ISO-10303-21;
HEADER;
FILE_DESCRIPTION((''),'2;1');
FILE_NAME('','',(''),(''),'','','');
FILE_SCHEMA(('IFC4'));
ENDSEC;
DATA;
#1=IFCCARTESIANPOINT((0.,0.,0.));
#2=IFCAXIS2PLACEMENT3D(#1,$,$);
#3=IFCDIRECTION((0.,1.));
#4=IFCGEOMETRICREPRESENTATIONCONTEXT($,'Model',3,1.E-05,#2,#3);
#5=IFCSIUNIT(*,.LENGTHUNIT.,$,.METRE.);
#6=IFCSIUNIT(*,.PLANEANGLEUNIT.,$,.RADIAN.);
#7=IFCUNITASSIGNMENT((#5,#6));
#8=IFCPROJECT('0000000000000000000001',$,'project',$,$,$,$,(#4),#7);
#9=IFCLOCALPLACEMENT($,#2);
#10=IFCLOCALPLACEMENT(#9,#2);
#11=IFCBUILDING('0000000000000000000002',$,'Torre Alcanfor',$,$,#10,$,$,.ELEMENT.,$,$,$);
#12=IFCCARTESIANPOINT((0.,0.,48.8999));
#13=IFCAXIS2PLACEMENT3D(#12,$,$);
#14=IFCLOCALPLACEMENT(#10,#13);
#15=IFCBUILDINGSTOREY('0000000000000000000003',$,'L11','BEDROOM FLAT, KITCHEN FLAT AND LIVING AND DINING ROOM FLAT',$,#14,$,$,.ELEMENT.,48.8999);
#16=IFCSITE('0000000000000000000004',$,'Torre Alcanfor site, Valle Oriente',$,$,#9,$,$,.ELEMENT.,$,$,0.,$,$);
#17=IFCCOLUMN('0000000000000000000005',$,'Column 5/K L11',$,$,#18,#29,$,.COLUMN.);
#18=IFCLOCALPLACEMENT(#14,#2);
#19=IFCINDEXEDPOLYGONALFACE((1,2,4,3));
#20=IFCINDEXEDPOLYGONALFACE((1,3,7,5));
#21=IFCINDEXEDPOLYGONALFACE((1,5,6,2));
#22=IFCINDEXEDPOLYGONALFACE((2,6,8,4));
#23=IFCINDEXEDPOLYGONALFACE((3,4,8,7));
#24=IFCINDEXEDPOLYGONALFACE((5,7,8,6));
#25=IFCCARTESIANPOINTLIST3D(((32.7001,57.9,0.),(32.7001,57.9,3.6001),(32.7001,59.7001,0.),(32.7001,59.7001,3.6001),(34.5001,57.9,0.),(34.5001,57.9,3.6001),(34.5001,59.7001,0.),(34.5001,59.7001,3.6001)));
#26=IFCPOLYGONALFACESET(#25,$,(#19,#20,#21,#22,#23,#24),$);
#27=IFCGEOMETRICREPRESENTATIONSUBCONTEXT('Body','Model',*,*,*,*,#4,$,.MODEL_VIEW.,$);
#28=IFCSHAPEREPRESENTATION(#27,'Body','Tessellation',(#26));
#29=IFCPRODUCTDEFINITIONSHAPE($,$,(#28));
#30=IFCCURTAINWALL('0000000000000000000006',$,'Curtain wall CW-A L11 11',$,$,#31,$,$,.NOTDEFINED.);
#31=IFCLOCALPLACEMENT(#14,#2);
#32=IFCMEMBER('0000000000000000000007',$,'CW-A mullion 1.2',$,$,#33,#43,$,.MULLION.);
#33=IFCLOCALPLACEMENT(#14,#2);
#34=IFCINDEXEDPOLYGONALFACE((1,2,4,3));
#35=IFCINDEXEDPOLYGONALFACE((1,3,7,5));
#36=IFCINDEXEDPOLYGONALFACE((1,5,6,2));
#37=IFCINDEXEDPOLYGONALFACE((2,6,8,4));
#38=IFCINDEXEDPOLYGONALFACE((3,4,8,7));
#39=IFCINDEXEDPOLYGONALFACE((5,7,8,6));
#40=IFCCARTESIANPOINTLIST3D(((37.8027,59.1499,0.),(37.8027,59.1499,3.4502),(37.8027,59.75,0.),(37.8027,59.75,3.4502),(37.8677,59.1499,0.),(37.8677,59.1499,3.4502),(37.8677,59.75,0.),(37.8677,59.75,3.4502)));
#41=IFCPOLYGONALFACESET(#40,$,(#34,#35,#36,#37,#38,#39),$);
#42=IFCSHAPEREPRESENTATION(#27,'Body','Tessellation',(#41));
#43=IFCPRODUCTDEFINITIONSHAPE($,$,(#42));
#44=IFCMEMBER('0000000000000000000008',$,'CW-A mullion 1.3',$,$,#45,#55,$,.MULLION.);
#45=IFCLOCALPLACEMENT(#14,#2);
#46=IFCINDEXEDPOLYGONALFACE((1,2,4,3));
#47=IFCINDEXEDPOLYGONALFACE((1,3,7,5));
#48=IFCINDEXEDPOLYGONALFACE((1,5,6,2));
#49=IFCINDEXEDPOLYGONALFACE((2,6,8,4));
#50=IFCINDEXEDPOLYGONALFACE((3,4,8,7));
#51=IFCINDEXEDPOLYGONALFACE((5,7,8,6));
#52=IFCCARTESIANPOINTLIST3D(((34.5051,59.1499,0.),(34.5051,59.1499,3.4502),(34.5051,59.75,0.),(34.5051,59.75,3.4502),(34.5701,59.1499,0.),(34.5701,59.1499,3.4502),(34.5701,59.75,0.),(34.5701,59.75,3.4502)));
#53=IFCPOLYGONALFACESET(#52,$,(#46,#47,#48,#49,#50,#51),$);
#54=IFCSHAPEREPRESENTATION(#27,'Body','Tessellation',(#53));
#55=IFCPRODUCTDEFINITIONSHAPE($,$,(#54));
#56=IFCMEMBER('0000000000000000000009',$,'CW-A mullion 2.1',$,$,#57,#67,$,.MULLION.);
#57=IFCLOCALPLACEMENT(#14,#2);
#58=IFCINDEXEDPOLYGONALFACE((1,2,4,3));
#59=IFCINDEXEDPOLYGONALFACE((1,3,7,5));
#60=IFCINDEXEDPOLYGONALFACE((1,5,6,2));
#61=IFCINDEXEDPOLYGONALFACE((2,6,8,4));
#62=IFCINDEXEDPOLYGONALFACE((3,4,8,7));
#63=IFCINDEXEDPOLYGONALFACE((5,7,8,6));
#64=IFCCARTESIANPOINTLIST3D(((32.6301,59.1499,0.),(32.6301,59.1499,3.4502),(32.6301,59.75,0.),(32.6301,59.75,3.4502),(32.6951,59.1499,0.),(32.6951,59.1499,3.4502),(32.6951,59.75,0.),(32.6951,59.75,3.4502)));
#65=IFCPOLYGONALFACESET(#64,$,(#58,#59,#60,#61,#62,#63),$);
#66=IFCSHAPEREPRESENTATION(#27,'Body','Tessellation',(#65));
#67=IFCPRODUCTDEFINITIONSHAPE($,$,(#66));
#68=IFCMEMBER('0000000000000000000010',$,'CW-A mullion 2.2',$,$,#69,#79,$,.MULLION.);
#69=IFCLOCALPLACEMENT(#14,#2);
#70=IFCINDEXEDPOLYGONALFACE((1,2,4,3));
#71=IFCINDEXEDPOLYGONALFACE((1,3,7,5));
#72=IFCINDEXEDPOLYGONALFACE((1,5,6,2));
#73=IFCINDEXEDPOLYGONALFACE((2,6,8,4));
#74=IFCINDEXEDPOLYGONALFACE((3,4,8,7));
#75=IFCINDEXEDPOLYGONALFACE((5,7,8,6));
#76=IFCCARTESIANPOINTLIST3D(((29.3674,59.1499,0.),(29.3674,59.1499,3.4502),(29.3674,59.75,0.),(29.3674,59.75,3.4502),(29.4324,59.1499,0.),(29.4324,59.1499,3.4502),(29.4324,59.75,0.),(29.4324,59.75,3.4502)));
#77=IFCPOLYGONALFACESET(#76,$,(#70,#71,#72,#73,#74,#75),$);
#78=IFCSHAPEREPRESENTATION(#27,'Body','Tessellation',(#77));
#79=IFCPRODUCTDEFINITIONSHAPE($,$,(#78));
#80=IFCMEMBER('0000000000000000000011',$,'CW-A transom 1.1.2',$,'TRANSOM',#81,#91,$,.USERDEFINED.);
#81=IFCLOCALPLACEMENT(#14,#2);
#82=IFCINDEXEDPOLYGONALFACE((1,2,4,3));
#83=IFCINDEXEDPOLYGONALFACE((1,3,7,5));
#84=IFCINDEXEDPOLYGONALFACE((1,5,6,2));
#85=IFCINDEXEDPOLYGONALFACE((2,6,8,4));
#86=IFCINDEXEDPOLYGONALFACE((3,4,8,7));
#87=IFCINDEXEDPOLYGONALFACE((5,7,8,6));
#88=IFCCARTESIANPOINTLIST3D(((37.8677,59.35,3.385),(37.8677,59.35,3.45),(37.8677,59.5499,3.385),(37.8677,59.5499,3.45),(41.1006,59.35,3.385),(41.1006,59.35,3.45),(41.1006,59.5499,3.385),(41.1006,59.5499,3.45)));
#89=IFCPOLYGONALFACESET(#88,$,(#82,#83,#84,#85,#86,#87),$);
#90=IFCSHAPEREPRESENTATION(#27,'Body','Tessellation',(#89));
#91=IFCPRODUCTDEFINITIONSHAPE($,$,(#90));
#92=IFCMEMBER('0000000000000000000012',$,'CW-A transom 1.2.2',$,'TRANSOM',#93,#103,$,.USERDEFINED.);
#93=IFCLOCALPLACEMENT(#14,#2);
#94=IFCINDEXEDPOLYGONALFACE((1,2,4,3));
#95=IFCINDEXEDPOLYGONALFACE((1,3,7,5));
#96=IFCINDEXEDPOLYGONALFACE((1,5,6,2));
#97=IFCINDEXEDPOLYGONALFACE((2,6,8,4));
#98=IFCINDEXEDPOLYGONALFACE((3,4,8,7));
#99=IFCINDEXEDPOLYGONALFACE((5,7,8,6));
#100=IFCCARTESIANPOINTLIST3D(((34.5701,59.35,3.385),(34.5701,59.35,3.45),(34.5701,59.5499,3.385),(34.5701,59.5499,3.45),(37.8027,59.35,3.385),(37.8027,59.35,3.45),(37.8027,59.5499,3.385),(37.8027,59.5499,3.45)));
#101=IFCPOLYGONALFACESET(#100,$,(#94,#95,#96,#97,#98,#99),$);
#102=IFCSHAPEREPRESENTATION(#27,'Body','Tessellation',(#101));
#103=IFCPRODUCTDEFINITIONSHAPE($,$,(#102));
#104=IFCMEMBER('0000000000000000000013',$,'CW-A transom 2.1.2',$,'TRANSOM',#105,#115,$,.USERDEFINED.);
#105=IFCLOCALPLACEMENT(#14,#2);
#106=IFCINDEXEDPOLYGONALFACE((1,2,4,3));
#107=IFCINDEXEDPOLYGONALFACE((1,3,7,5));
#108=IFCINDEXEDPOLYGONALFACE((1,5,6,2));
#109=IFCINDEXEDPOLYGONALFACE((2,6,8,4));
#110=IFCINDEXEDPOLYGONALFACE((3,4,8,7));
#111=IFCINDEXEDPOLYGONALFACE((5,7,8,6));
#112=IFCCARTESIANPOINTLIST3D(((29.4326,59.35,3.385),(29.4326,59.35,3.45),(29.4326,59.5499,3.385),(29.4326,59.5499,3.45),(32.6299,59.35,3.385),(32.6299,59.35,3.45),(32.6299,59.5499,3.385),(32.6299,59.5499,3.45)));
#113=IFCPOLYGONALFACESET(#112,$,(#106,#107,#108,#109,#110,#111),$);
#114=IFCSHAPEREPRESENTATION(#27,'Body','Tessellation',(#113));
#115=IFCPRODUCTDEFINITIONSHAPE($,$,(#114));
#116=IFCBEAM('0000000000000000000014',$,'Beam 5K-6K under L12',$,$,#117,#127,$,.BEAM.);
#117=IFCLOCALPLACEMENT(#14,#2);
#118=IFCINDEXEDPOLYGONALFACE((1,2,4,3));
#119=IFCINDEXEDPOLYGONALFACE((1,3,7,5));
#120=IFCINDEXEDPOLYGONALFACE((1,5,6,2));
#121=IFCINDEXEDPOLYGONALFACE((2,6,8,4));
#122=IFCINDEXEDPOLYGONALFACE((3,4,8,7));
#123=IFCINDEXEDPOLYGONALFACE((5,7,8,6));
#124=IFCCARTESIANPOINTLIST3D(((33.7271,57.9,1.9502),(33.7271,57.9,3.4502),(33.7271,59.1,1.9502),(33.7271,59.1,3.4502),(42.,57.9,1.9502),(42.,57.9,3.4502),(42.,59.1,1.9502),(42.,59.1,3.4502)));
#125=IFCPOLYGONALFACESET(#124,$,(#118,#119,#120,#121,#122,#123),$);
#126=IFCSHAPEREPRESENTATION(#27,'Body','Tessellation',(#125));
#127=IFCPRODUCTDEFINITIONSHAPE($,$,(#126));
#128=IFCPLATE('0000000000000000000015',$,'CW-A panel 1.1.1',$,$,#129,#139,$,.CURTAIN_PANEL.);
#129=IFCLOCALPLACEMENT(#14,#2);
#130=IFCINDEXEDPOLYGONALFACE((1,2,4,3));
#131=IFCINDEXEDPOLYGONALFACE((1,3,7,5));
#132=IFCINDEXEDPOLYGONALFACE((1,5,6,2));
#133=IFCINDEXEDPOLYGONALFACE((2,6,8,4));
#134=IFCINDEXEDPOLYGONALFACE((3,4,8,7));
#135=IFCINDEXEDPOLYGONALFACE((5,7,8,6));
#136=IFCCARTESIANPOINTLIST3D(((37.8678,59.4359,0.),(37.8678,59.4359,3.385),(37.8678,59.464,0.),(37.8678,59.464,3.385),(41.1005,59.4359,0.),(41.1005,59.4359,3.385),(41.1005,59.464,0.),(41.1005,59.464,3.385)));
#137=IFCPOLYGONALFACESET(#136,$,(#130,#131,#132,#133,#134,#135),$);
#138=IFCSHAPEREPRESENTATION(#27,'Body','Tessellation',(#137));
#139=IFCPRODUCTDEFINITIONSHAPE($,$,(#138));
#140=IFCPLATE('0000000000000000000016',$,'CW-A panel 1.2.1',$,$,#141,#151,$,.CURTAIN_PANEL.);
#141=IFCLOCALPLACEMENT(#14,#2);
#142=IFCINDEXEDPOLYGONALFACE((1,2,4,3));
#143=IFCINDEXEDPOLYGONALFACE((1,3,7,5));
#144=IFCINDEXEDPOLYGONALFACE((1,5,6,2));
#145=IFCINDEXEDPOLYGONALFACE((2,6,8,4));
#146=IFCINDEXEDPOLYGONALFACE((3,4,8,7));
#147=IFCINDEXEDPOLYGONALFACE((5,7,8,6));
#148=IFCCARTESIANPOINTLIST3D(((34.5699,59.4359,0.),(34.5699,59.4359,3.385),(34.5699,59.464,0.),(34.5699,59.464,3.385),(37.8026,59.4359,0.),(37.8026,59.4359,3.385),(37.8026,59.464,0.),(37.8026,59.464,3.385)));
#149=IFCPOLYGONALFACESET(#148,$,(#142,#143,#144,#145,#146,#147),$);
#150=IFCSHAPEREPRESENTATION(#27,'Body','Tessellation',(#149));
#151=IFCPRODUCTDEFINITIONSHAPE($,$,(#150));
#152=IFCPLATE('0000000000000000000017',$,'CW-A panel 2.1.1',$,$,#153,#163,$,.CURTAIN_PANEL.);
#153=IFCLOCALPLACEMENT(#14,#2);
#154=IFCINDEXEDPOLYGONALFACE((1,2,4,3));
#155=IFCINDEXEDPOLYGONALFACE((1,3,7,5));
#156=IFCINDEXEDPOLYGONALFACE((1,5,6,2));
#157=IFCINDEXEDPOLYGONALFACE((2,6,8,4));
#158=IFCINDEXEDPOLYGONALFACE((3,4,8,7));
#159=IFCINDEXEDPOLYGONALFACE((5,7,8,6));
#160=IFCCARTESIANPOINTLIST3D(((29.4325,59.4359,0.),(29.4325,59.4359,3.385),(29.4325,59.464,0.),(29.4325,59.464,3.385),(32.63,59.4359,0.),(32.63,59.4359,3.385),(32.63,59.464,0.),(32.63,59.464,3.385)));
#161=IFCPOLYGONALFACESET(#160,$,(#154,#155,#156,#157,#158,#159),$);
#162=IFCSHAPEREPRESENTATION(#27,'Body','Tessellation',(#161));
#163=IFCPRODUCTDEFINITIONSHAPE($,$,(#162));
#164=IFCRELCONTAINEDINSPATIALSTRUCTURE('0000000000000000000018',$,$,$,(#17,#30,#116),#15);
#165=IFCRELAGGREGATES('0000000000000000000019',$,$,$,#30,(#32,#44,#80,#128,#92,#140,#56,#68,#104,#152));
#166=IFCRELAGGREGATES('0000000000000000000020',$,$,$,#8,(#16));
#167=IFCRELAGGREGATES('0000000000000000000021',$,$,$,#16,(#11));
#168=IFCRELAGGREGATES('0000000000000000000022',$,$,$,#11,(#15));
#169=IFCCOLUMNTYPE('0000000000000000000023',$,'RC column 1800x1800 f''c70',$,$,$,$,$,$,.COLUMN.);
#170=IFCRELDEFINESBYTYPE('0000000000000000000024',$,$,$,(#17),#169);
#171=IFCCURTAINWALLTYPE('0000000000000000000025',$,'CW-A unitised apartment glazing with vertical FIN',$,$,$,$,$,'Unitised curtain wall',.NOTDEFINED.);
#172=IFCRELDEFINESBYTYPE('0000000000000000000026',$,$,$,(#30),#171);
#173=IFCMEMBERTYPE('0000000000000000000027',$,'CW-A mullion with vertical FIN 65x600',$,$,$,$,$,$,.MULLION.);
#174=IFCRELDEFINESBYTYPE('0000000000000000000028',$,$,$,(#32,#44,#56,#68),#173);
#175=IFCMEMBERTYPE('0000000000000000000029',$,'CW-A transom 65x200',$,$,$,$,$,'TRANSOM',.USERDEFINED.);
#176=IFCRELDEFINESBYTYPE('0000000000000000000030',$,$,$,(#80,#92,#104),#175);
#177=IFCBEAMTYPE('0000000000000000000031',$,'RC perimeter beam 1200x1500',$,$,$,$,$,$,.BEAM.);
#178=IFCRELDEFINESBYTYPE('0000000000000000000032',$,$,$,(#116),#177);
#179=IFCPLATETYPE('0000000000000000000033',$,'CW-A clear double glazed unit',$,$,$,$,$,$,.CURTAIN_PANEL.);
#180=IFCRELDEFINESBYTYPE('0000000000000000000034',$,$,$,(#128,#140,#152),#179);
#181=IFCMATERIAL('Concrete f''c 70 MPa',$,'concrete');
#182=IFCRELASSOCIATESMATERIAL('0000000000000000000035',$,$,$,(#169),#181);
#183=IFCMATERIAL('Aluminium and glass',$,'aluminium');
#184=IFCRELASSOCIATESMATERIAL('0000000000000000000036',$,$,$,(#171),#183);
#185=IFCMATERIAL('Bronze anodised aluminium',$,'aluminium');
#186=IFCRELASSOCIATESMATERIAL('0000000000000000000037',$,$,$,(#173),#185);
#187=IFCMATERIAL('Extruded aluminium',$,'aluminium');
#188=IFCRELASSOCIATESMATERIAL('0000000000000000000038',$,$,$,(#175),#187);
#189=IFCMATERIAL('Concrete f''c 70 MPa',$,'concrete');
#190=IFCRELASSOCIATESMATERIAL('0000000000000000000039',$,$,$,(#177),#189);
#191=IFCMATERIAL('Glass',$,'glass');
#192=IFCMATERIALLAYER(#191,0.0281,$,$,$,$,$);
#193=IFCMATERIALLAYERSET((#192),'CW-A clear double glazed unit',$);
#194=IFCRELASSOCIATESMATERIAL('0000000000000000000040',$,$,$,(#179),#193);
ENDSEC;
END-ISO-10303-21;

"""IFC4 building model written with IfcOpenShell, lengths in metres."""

from ifc_helpers import new_model, si_unit, direction, frame, origin, origin_2d, place, context, subcontext, project, spatial, rectangle, extrude, material, layer, layer_set, material_profile, profile_set, type_object, element, aggregate, save


model = new_model("IFC4")

# Units and contexts
model_context = context("Model", 3, precision=1e-05, world=origin(), true_north=direction((0.0, 1.0)))
body_context = subcontext(model_context, "Body", "Model", "MODEL_VIEW")
ifc_project = project(units=[si_unit("LENGTHUNIT", "METRE"), si_unit("PLANEANGLEUNIT", "RADIAN")], contexts=[model_context])

# Site, building, storey
site_placement = place(None, origin())
site = spatial("IfcSite", under=ifc_project, at=site_placement, Name="Torre Alcanfor site, Valle Oriente", CompositionType="ELEMENT", RefElevation=0.0)
building_placement = place(site_placement, origin())
building = spatial("IfcBuilding", under=site, at=building_placement, Name="Torre Alcanfor", CompositionType="ELEMENT")
storey_placement = place(building_placement, frame((0.0, 0.0, 48.8999)))
storey = spatial("IfcBuildingStorey", under=building, at=storey_placement, Name="L11", Description="BEDROOM FLAT, KITCHEN FLAT AND LIVING AND DINING ROOM FLAT", CompositionType="ELEMENT", Elevation=48.8999)

# Column
ifc_material_1 = material(Name="Concrete f'c 70 MPa", Category="concrete")
ifc_material_profile_1 = material_profile(ifc_material_1, rectangle(XDim=1.8, YDim=1.8, at=origin_2d()), Name="1800x1800")
ifc_profile_set_1 = profile_set([ifc_material_profile_1], Name="Concrete f'c 70 MPa")
column_type = type_object("IfcColumnType", Name="RC column 1800x1800 f'c70", PredefinedType="COLUMN", material=ifc_profile_set_1)
column_placement = place(storey_placement, frame((33.6001, 58.8, 0.0), z_axis=(0.0, 0.0, 1.0), x_axis=(1.0, 0.0, 0.0)))
element("IfcColumn", 1, at=column_placement, inside=storey, type_object=column_type, Name="Column 5/K L11", PredefinedType="COLUMN", context=body_context, shape_type="SweptSolid", body=[
    extrude(rectangle(XDim=1.8, YDim=1.8, at=origin_2d()), origin(), (0.0, 0.0, 1.0), 3.6001),
])

# Curtain wall, members
ifc_material_2 = material(Name="Aluminium and glass", Category="aluminium")
curtain_wall_type = type_object("IfcCurtainWallType", Name="CW-A unitised apartment glazing with vertical FIN", ElementType="Unitised curtain wall", PredefinedType="NOTDEFINED", material=ifc_material_2)
curtain_wall_placement = place(storey_placement, origin())
curtain_wall = element("IfcCurtainWall", 2, at=curtain_wall_placement, inside=storey, type_object=curtain_wall_type, Name="Curtain wall CW-A L11 11", PredefinedType="NOTDEFINED")
ifc_material_3 = material(Name="Bronze anodised aluminium", Category="aluminium")
ifc_material_profile_2 = material_profile(ifc_material_3, rectangle(XDim=0.6001, YDim=0.0649, at=origin_2d()), Name="CW-A mullion 65x600")
ifc_profile_set_2 = profile_set([ifc_material_profile_2], Name="Bronze anodised aluminium")
member_type_1 = type_object("IfcMemberType", Name="CW-A mullion with vertical FIN 65x600", PredefinedType="MULLION", material=ifc_profile_set_2)
member_1_placement = place(storey_placement, frame((37.8352, 59.45, 0.0), z_axis=(0.0, 0.0, 1.0), x_axis=(0.0, -1.0, 0.0)))
member_1 = element("IfcMember", 3, at=member_1_placement, type_object=member_type_1, Name="CW-A mullion 1.2", PredefinedType="MULLION", context=body_context, shape_type="SweptSolid", body=[
    extrude(rectangle(XDim=0.6001, YDim=0.0649, at=origin_2d()), origin(), (0.0, 0.0, 1.0), 3.4502),
])
member_2_placement = place(storey_placement, frame((34.5376, 59.45, 0.0), z_axis=(0.0, 0.0, 1.0), x_axis=(0.0, -1.0, 0.0)))
member_2 = element("IfcMember", 4, at=member_2_placement, type_object=member_type_1, Name="CW-A mullion 1.3", PredefinedType="MULLION", context=body_context, shape_type="SweptSolid", body=[
    extrude(rectangle(XDim=0.6001, YDim=0.0649, at=origin_2d()), origin(), (0.0, 0.0, 1.0), 3.4502),
])
member_3_placement = place(storey_placement, frame((32.6626, 59.45, 0.0), z_axis=(0.0, 0.0, 1.0), x_axis=(0.0, -1.0, 0.0)))
member_3 = element("IfcMember", 5, at=member_3_placement, type_object=member_type_1, Name="CW-A mullion 2.1", PredefinedType="MULLION", context=body_context, shape_type="SweptSolid", body=[
    extrude(rectangle(XDim=0.6001, YDim=0.0649, at=origin_2d()), origin(), (0.0, 0.0, 1.0), 3.4502),
])
member_4_placement = place(storey_placement, frame((29.3999, 59.45, 0.0), z_axis=(0.0, 0.0, 1.0), x_axis=(0.0, -1.0, 0.0)))
member_4 = element("IfcMember", 6, at=member_4_placement, type_object=member_type_1, Name="CW-A mullion 2.2", PredefinedType="MULLION", context=body_context, shape_type="SweptSolid", body=[
    extrude(rectangle(XDim=0.6001, YDim=0.0649, at=origin_2d()), origin(), (0.0, 0.0, 1.0), 3.4502),
])
ifc_material_4 = material(Name="Extruded aluminium", Category="aluminium")
ifc_material_profile_3 = material_profile(ifc_material_4, rectangle(XDim=0.2, YDim=0.0649, at=origin_2d()), Name="CW-A transom 200x65")
ifc_profile_set_3 = profile_set([ifc_material_profile_3], Name="Extruded aluminium")
member_type_2 = type_object("IfcMemberType", Name="CW-A transom 65x200", ElementType="TRANSOM", PredefinedType="USERDEFINED", material=ifc_profile_set_3)
member_5_placement = place(storey_placement, frame((41.1006, 59.45, 3.4175), z_axis=(-1.0, 0.0, 0.0), x_axis=(0.0, -1.0, 0.0)))
member_5 = element("IfcMember", 7, at=member_5_placement, type_object=member_type_2, Name="CW-A transom 1.1.2", ObjectType="TRANSOM", PredefinedType="USERDEFINED", context=body_context, shape_type="SweptSolid", body=[
    extrude(rectangle(XDim=0.2, YDim=0.0649, at=origin_2d()), origin(), (0.0, 0.0, 1.0), 3.2329),
])
member_6_placement = place(storey_placement, frame((37.8027, 59.45, 3.4175), z_axis=(-1.0, 0.0, 0.0), x_axis=(0.0, -1.0, 0.0)))
member_6 = element("IfcMember", 8, at=member_6_placement, type_object=member_type_2, Name="CW-A transom 1.2.2", ObjectType="TRANSOM", PredefinedType="USERDEFINED", context=body_context, shape_type="SweptSolid", body=[
    extrude(rectangle(XDim=0.2, YDim=0.0649, at=origin_2d()), origin(), (0.0, 0.0, 1.0), 3.2327),
])
member_7_placement = place(storey_placement, frame((32.6299, 59.45, 3.4175), z_axis=(-1.0, 0.0, 0.0), x_axis=(0.0, -1.0, 0.0)))
member_7 = element("IfcMember", 9, at=member_7_placement, type_object=member_type_2, Name="CW-A transom 2.1.2", ObjectType="TRANSOM", PredefinedType="USERDEFINED", context=body_context, shape_type="SweptSolid", body=[
    extrude(rectangle(XDim=0.2, YDim=0.0649, at=origin_2d()), origin(), (0.0, 0.0, 1.0), 3.1973),
])

# Beam
ifc_material_5 = material(Name="Concrete f'c 70 MPa", Category="concrete")
ifc_material_profile_4 = material_profile(ifc_material_5, rectangle(XDim=1.2, YDim=1.5, at=origin_2d()), Name="1200x1500")
ifc_profile_set_4 = profile_set([ifc_material_profile_4], Name="Concrete f'c 70 MPa")
beam_type = type_object("IfcBeamType", Name="RC perimeter beam 1200x1500", PredefinedType="BEAM", material=ifc_profile_set_4)
beam_placement = place(storey_placement, frame((33.7271, 58.5, 2.7002), z_axis=(1.0, 0.0, 0.0), x_axis=(0.0, 1.0, 0.0)))
element("IfcBeam", 10, at=beam_placement, inside=storey, type_object=beam_type, Name="Beam 5K-6K under L12", PredefinedType="BEAM", context=body_context, shape_type="SweptSolid", body=[
    extrude(rectangle(XDim=1.2, YDim=1.5, at=origin_2d()), origin(), (0.0, 0.0, 1.0), 8.2729),
])

# Plates
ifc_material_6 = material(Name="Glass", Category="glass")
ifc_layer_1 = layer(ifc_material_6, 0.0281)
ifc_layer_set_1 = layer_set([ifc_layer_1], Name="CW-A clear double glazed unit")
plate_type = type_object("IfcPlateType", Name="CW-A clear double glazed unit", PredefinedType="CURTAIN_PANEL", material=ifc_layer_set_1)
plate_1_placement = place(storey_placement, frame((39.4841, 59.45, 0.0), z_axis=(0.0, 0.0, 1.0), x_axis=(-1.0, 0.0, 0.0)))
plate_1 = element("IfcPlate", 11, at=plate_1_placement, type_object=plate_type, Name="CW-A panel 1.1.1", PredefinedType="CURTAIN_PANEL", context=body_context, shape_type="SweptSolid", body=[
    extrude(rectangle(XDim=3.2327, YDim=0.0281, at=origin_2d()), origin(), (0.0, 0.0, 1.0), 3.385),
])
plate_2_placement = place(storey_placement, frame((36.1863, 59.45, 0.0), z_axis=(0.0, 0.0, 1.0), x_axis=(-1.0, 0.0, 0.0)))
plate_2 = element("IfcPlate", 12, at=plate_2_placement, type_object=plate_type, Name="CW-A panel 1.2.1", PredefinedType="CURTAIN_PANEL", context=body_context, shape_type="SweptSolid", body=[
    extrude(rectangle(XDim=3.2327, YDim=0.0281, at=origin_2d()), origin(), (0.0, 0.0, 1.0), 3.385),
])
plate_3_placement = place(storey_placement, frame((31.0312, 59.45, 0.0), z_axis=(0.0, 0.0, 1.0), x_axis=(-1.0, 0.0, 0.0)))
plate_3 = element("IfcPlate", 13, at=plate_3_placement, type_object=plate_type, Name="CW-A panel 2.1.1", PredefinedType="CURTAIN_PANEL", context=body_context, shape_type="SweptSolid", body=[
    extrude(rectangle(XDim=3.1975, YDim=0.0281, at=origin_2d()), origin(), (0.0, 0.0, 1.0), 3.385),
])
aggregate(curtain_wall, [member_1, member_2, member_5, plate_1, member_6, plate_2, member_3, member_4, member_7, plate_3])

save(model, "model.ifc")
